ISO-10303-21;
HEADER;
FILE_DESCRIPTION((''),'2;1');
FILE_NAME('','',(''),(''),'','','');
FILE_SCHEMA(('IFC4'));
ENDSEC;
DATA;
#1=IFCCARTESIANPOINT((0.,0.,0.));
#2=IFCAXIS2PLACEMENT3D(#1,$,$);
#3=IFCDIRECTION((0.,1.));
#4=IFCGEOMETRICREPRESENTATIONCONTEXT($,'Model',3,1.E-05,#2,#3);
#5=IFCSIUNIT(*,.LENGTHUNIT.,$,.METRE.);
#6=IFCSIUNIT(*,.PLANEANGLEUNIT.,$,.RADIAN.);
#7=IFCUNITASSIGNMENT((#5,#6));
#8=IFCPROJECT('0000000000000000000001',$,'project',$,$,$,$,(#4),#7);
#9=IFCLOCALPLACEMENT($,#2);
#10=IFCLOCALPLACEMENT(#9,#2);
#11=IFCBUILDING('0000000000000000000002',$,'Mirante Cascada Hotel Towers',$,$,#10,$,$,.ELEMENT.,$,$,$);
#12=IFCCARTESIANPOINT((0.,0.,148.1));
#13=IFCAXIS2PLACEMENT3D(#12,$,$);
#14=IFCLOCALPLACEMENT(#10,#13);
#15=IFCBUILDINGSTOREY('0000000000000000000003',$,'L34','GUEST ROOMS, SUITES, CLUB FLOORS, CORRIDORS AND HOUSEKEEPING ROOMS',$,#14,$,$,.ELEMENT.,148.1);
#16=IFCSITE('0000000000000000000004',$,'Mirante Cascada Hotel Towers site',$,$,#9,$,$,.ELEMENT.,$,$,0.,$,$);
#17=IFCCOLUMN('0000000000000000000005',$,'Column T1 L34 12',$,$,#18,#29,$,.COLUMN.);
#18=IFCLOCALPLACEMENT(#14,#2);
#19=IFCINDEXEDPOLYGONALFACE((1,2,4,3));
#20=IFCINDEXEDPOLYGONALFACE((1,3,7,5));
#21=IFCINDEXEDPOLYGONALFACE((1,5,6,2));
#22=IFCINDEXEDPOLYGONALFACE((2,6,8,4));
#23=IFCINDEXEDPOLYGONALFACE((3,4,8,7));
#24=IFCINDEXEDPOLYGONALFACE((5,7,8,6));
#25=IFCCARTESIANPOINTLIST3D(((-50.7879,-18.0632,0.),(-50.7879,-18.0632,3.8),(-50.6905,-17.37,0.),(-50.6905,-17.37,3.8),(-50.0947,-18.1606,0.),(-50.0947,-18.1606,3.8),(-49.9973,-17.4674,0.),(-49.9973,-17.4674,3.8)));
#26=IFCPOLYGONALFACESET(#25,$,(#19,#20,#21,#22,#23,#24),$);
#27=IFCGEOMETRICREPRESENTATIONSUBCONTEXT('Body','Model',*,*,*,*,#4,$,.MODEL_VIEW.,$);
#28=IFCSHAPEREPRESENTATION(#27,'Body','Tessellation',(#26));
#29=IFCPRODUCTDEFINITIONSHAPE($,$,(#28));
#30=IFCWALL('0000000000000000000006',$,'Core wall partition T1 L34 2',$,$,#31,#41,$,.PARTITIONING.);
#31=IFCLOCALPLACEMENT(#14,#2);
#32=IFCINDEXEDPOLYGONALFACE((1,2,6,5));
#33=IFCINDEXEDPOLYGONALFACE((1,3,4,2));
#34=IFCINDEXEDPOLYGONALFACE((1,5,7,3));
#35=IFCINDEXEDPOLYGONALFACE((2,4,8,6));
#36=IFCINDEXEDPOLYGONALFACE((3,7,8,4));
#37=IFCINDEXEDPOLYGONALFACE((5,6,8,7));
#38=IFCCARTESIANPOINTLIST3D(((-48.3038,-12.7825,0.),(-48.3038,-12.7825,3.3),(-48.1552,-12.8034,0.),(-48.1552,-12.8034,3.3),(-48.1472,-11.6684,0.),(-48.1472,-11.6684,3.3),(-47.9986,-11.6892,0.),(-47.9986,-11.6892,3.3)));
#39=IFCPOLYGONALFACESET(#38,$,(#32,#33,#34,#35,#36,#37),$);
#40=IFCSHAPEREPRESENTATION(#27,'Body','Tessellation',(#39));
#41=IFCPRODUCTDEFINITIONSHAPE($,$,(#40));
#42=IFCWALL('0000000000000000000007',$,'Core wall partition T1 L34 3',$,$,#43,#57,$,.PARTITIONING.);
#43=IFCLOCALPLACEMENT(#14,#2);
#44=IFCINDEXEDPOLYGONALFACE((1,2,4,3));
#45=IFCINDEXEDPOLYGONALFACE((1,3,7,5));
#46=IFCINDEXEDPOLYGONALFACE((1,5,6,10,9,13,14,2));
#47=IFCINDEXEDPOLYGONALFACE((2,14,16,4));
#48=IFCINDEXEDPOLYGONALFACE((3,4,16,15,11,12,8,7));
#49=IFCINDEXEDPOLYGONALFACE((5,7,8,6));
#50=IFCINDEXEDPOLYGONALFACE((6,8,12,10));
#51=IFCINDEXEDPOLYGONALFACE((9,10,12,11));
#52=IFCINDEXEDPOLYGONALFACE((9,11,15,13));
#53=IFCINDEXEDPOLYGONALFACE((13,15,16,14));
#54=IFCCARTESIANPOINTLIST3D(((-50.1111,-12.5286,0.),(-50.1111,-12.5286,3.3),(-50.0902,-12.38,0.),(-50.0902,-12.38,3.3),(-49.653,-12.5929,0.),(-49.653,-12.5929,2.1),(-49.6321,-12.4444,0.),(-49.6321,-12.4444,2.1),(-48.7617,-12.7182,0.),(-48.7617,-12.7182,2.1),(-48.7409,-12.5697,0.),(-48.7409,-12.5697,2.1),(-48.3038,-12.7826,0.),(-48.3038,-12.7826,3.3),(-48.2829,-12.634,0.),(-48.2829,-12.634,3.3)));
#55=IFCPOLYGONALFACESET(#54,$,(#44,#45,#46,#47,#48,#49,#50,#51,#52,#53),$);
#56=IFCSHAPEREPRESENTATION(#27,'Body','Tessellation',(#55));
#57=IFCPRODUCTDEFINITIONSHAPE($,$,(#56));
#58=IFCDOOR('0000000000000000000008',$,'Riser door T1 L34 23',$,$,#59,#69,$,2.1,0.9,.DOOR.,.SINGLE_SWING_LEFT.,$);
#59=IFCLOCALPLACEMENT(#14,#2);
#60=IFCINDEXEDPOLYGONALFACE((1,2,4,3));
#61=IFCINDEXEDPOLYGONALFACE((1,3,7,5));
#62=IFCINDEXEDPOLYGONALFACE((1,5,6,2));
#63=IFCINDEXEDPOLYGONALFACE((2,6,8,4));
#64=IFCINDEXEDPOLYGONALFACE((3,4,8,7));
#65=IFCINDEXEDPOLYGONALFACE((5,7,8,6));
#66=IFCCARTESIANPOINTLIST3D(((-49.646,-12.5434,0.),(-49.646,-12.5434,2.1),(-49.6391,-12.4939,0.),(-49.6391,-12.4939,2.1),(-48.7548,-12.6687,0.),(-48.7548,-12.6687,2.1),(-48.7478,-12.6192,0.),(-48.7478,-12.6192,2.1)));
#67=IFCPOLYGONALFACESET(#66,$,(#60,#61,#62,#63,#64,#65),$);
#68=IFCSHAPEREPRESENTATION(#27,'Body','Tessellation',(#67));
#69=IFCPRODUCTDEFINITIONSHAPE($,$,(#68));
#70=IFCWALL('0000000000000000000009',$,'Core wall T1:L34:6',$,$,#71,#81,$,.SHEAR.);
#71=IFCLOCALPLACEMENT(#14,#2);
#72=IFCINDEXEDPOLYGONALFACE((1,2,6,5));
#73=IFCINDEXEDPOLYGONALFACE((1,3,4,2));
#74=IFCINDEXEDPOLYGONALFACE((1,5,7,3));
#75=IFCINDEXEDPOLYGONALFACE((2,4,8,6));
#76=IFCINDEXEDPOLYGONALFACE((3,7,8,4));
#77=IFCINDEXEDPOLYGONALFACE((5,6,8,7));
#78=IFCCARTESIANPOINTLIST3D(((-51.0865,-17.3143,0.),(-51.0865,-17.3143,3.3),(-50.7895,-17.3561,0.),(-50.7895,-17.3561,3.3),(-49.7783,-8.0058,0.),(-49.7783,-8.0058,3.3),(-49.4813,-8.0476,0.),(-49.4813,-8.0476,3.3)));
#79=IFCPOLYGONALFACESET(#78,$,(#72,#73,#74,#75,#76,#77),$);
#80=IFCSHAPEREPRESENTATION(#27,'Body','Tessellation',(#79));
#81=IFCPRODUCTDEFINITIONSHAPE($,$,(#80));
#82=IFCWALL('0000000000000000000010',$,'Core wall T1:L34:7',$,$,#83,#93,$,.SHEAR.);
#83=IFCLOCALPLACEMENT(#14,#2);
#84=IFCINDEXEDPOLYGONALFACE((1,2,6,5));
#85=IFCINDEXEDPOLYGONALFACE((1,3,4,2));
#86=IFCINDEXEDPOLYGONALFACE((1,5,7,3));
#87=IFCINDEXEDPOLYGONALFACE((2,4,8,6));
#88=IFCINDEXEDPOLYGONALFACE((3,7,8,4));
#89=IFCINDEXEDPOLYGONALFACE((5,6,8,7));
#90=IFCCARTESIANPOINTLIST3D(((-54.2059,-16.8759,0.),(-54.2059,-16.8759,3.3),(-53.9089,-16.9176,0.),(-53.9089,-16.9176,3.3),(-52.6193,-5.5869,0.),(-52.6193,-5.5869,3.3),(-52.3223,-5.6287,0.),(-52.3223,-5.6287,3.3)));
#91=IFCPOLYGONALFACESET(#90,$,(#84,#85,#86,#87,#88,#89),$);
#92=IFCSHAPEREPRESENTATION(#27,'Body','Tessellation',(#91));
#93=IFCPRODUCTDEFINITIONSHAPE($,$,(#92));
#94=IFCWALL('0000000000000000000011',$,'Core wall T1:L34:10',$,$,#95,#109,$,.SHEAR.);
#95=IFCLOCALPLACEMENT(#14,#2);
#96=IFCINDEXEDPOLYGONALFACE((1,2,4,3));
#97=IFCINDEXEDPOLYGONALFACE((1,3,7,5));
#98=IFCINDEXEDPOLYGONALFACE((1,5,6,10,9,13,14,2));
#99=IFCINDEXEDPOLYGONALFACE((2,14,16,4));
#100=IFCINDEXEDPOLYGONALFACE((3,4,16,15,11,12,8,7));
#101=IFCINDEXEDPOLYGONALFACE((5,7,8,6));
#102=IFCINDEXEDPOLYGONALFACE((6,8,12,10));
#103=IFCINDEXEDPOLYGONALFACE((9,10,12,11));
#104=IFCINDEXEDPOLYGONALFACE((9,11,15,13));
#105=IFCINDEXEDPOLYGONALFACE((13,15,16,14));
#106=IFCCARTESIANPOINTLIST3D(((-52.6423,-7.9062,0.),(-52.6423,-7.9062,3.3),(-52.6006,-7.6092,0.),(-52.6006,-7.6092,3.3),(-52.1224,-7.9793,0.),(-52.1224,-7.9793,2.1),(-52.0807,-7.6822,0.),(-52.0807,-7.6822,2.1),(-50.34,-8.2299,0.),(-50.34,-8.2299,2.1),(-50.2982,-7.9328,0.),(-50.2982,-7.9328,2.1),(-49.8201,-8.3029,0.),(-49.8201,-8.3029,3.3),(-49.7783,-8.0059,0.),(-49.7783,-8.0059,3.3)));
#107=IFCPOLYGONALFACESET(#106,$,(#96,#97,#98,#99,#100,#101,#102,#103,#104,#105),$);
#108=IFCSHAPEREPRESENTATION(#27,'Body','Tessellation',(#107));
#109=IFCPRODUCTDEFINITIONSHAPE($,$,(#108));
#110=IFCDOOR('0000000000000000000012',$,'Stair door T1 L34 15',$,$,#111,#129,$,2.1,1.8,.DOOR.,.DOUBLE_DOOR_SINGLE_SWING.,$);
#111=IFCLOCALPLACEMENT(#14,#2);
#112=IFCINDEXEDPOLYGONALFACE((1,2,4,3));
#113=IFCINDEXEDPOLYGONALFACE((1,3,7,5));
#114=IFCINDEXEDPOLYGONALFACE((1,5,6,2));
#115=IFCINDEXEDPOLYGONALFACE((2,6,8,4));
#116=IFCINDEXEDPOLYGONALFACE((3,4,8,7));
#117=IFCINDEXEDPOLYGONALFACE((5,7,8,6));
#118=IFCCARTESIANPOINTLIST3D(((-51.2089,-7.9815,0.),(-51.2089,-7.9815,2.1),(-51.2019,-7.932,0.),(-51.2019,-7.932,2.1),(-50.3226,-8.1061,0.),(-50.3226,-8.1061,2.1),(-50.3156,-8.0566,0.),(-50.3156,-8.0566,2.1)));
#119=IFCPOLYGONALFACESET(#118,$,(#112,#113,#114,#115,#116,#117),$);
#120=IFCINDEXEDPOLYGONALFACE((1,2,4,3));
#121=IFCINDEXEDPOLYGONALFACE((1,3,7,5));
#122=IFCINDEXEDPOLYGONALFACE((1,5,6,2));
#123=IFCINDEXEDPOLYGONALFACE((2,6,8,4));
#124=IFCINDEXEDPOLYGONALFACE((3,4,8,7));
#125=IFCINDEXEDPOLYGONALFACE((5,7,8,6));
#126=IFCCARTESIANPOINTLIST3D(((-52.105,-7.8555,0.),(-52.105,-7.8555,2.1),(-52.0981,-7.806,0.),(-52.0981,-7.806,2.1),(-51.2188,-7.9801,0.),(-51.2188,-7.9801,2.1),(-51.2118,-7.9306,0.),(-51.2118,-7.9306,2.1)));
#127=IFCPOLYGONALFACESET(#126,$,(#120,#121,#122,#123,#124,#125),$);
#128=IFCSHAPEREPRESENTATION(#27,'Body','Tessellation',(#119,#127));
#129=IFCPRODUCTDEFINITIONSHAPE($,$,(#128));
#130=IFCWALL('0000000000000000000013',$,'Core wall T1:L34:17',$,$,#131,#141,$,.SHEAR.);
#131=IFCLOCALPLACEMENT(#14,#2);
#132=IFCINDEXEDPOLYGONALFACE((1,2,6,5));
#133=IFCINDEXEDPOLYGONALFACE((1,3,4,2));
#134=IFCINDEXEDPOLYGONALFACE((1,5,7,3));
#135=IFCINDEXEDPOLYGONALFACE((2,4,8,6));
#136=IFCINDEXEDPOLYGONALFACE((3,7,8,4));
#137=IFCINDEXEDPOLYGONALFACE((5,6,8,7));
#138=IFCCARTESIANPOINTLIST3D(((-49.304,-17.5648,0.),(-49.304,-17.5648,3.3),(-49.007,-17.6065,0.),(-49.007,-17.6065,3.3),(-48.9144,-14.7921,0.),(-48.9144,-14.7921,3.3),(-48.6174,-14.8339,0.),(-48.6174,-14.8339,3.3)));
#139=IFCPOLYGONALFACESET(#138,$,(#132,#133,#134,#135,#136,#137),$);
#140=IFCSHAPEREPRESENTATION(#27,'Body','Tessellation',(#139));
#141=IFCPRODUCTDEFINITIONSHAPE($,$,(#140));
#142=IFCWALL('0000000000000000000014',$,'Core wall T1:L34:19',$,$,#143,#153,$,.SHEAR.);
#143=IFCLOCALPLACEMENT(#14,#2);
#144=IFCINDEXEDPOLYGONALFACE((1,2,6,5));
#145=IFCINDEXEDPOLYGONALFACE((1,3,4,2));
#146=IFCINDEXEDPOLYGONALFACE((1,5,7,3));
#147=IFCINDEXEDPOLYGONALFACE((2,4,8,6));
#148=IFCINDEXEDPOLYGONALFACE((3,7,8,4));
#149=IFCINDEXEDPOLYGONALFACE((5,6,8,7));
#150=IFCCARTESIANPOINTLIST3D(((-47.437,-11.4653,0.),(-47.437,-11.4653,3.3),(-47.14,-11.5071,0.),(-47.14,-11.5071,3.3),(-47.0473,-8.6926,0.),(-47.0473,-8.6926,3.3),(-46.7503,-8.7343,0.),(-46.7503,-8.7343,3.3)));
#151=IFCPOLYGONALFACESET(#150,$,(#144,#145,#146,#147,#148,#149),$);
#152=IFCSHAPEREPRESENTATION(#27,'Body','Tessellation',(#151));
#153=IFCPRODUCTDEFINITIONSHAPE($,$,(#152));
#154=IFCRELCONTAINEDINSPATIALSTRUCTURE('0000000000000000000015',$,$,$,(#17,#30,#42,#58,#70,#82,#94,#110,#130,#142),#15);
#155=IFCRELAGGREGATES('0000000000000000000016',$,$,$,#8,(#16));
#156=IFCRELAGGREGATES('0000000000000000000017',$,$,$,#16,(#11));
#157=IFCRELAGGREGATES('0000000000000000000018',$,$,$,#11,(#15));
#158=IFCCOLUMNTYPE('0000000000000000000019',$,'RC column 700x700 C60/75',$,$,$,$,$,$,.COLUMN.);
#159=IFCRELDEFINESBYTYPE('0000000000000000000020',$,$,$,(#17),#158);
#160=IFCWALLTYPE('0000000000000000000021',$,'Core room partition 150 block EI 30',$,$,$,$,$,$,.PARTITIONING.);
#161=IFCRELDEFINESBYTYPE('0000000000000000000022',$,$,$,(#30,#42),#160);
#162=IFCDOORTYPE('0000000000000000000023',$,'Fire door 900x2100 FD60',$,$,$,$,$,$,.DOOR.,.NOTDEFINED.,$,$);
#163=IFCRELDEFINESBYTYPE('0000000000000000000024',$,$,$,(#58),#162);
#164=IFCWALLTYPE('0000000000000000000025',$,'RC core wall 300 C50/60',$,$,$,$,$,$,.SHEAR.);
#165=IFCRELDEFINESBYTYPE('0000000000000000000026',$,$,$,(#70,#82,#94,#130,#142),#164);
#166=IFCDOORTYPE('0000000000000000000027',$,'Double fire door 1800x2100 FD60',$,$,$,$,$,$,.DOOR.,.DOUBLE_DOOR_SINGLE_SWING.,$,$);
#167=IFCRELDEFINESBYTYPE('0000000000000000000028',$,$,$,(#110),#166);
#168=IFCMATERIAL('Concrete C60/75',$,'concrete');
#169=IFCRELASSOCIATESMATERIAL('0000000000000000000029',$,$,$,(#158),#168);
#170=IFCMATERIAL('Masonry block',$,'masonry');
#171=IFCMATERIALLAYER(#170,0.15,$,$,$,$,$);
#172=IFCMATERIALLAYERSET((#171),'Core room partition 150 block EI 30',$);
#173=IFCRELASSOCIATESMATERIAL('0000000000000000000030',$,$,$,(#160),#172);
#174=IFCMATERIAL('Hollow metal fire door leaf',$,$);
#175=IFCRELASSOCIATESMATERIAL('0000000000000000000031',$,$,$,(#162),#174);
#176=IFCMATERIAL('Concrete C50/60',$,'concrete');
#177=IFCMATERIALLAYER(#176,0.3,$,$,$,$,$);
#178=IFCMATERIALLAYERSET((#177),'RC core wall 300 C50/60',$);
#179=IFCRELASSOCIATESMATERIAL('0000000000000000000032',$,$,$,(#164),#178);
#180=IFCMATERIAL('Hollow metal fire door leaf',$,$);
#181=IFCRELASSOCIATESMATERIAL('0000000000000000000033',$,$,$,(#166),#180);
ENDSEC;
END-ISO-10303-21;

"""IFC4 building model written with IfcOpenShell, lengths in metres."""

from ifc_helpers import new_model, si_unit, direction, frame, frame_2d, origin, origin_2d, place, context, subcontext, project, spatial, rectangle, extrude, material, layer, layer_set, material_profile, profile_set, type_object, element, fill, save


model = new_model("IFC4")

# Units and contexts
model_context = context("Model", 3, precision=1e-05, world=origin(), true_north=direction((0.0, 1.0)))
body_context = subcontext(model_context, "Body", "Model", "MODEL_VIEW")
ifc_project = project(units=[si_unit("LENGTHUNIT", "METRE"), si_unit("PLANEANGLEUNIT", "RADIAN")], contexts=[model_context])

# Site, building, storey
site_placement = place(None, origin())
site = spatial("IfcSite", under=ifc_project, at=site_placement, Name="Mirante Cascada Hotel Towers site", CompositionType="ELEMENT", RefElevation=0.0)
building_placement = place(site_placement, origin())
building = spatial("IfcBuilding", under=site, at=building_placement, Name="Mirante Cascada Hotel Towers", CompositionType="ELEMENT")
storey_placement = place(building_placement, frame((0.0, 0.0, 148.1)))
storey = spatial("IfcBuildingStorey", under=building, at=storey_placement, Name="L34", Description="GUEST ROOMS, SUITES, CLUB FLOORS, CORRIDORS AND HOUSEKEEPING ROOMS", CompositionType="ELEMENT", Elevation=148.1)

# Column
ifc_material_1 = material(Name="Concrete C60/75", Category="concrete")
ifc_material_profile = material_profile(ifc_material_1, rectangle(XDim=0.7, YDim=0.7, at=origin_2d()), Name="RC column 700x700 C60/75")
ifc_profile_set = profile_set([ifc_material_profile], Name="Concrete C60/75")
column_type = type_object("IfcColumnType", Name="RC column 700x700 C60/75", PredefinedType="COLUMN", material=ifc_profile_set)
column_placement = place(storey_placement, frame((-50.3926, -17.7653, 0.0), z_axis=(0.0, 0.0, 1.0), x_axis=(-0.990268, 0.139173, 0.0)))
element("IfcColumn", 1, at=column_placement, inside=storey, type_object=column_type, Name="Column T1 L34 12", PredefinedType="COLUMN", context=body_context, shape_type="SweptSolid", body=[
    extrude(rectangle(XDim=0.7, YDim=0.7, at=origin_2d()), origin(), (0.0, 0.0, 1.0), 3.8),
])

# Wall
ifc_material_2 = material(Name="Masonry block", Category="masonry")
ifc_layer_1 = layer(ifc_material_2, 0.15)
ifc_layer_set_1 = layer_set([ifc_layer_1], Name="Core room partition 150 block EI 30")
wall_type_1 = type_object("IfcWallType", Name="Core room partition 150 block EI 30", PredefinedType="PARTITIONING", material=ifc_layer_set_1)
wall_1_placement = place(storey_placement, frame((-48.2295, -12.793, 0.0), z_axis=(0.0, 0.0, 1.0), x_axis=(0.139193, 0.990265, 0.0)))
element("IfcWall", 2, at=wall_1_placement, inside=storey, type_object=wall_type_1, Name="Core wall partition T1 L34 2", PredefinedType="PARTITIONING", context=body_context, shape_type="SweptSolid", body=[
    extrude(rectangle(XDim=1.1251, YDim=0.15, at=frame_2d((0.5626, 0.0))), origin(), (0.0, 0.0, 1.0), 3.3),
])

# Wall, opening, door
wall_2_placement = place(storey_placement, frame((-48.2933, -12.7083, 0.0), z_axis=(0.0, 0.0, 1.0), x_axis=(-0.990268, 0.139173, 0.0)))
wall_2 = element("IfcWall", 3, at=wall_2_placement, inside=storey, type_object=wall_type_1, Name="Core wall partition T1 L34 3", PredefinedType="PARTITIONING", context=body_context, shape_type="SweptSolid", body=[
    extrude(rectangle(XDim=1.8251, YDim=0.15, at=frame_2d((0.9126, 0.0))), origin(), (0.0, 0.0, 1.0), 3.3),
])
opening_1_placement = place(wall_2_placement, frame((0.4625, 0.0, 0.0)))
opening_1 = element("IfcOpeningElement", 4, at=opening_1_placement, cuts=wall_2, PredefinedType="OPENING", context=body_context, shape_type="SweptSolid", body=[
    extrude(rectangle(XDim=0.9, YDim=2.1, at=frame_2d((0.45, 1.05))), frame((0.0, 0.075, 0.0), z_axis=(0.0, -1.0, 0.0), x_axis=(1.0, 0.0, 0.0)), (0.0, 0.0, 1.0), 0.15),
])
ifc_material_3 = material(Name="Hollow metal fire door leaf")
door_type_1 = type_object("IfcDoorType", Name="Fire door 900x2100 FD60", OperationType="NOTDEFINED", PredefinedType="DOOR", material=ifc_material_3)
door_1_placement = place(opening_1_placement, origin())
door_1 = element("IfcDoor", 5, at=door_1_placement, inside=storey, type_object=door_type_1, Name="Riser door T1 L34 23", OperationType="SINGLE_SWING_LEFT", OverallHeight=2.1, OverallWidth=0.9, PredefinedType="DOOR", context=body_context, shape_type="SweptSolid", body=[
    extrude(rectangle(XDim=0.9, YDim=2.1, at=frame_2d((0.45, 1.05))), frame((0.0, 0.025, 0.0), z_axis=(0.0, -1.0, 0.0), x_axis=(1.0, 0.0, 0.0)), (0.0, 0.0, 1.0), 0.05),
])
fill(opening_1, door_1)

# Walls
ifc_material_4 = material(Name="Concrete C50/60", Category="concrete")
ifc_layer_2 = layer(ifc_material_4, 0.3)
ifc_layer_set_2 = layer_set([ifc_layer_2], Name="RC core wall 300 C50/60")
wall_type_2 = type_object("IfcWallType", Name="RC core wall 300 C50/60", PredefinedType="SHEAR", material=ifc_layer_set_2)
wall_3_placement = place(storey_placement, frame((-50.938, -17.3352, 0.0), z_axis=(0.0, 0.0, 1.0), x_axis=(0.139171, 0.990268, 0.0)))
element("IfcWall", 6, at=wall_3_placement, inside=storey, type_object=wall_type_2, Name="Core wall T1:L34:6", PredefinedType="SHEAR", context=body_context, shape_type="SweptSolid", body=[
    extrude(rectangle(XDim=9.4, YDim=0.3, at=frame_2d((4.7, 0.0))), origin(), (0.0, 0.0, 1.0), 3.3),
])
wall_4_placement = place(storey_placement, frame((-54.0574, -16.8968, 0.0), z_axis=(0.0, 0.0, 1.0), x_axis=(0.139176, 0.990268, 0.0)))
element("IfcWall", 7, at=wall_4_placement, inside=storey, type_object=wall_type_2, Name="Core wall T1:L34:7", PredefinedType="SHEAR", context=body_context, shape_type="SweptSolid", body=[
    extrude(rectangle(XDim=11.3999, YDim=0.3, at=frame_2d((5.7, 0.0))), origin(), (0.0, 0.0, 1.0), 3.3),
])

# Wall, opening, door
wall_5_placement = place(storey_placement, frame((-49.7992, -8.1544, 0.0), z_axis=(0.0, 0.0, 1.0), x_axis=(-0.990266, 0.139191, 0.0)))
wall_5 = element("IfcWall", 8, at=wall_5_placement, inside=storey, type_object=wall_type_2, Name="Core wall T1:L34:10", PredefinedType="SHEAR", context=body_context, shape_type="SweptSolid", body=[
    extrude(rectangle(XDim=2.85, YDim=0.3, at=frame_2d((1.425, 0.0))), origin(), (0.0, 0.0, 1.0), 3.3),
])
opening_2_placement = place(wall_5_placement, frame((0.525, 0.0, 0.0)))
opening_2 = element("IfcOpeningElement", 9, at=opening_2_placement, cuts=wall_5, PredefinedType="OPENING", context=body_context, shape_type="SweptSolid", body=[
    extrude(rectangle(XDim=1.8, YDim=2.1, at=frame_2d((0.9, 1.05))), frame((0.0, 0.15, 0.0), z_axis=(0.0, -1.0, 0.0), x_axis=(1.0, 0.0, 0.0)), (0.0, 0.0, 1.0), 0.3),
])
ifc_material_5 = material(Name="Hollow metal fire door leaf")
door_type_2 = type_object("IfcDoorType", Name="Double fire door 1800x2100 FD60", OperationType="DOUBLE_DOOR_SINGLE_SWING", PredefinedType="DOOR", material=ifc_material_5)
door_2_placement = place(opening_2_placement, origin())
door_2 = element("IfcDoor", 10, at=door_2_placement, inside=storey, type_object=door_type_2, Name="Stair door T1 L34 15", OperationType="DOUBLE_DOOR_SINGLE_SWING", OverallHeight=2.1, OverallWidth=1.8, PredefinedType="DOOR", context=body_context, shape_type="SweptSolid", body=[
    extrude(rectangle(XDim=0.895, YDim=2.1, at=frame_2d((0.4475, 1.05))), frame((0.0, 0.025, 0.0), z_axis=(0.0, -1.0, 0.0), x_axis=(1.0, 0.0, 0.0)), (0.0, 0.0, 1.0), 0.05),
    extrude(rectangle(XDim=0.895, YDim=2.1, at=frame_2d((1.3525, 1.05))), frame((0.0, 0.025, 0.0), z_axis=(0.0, -1.0, 0.0), x_axis=(1.0, 0.0, 0.0)), (0.0, 0.0, 1.0), 0.05),
])
fill(opening_2, door_2)

# Walls
wall_6_placement = place(storey_placement, frame((-49.1555, -17.5857, 0.0), z_axis=(0.0, 0.0, 1.0), x_axis=(0.139146, 0.990272, 0.0)))
element("IfcWall", 11, at=wall_6_placement, inside=storey, type_object=wall_type_2, Name="Core wall T1:L34:17", PredefinedType="SHEAR", context=body_context, shape_type="SweptSolid", body=[
    extrude(rectangle(XDim=2.7999, YDim=0.3, at=frame_2d((1.4, 0.0))), origin(), (0.0, 0.0, 1.0), 3.3),
])
wall_7_placement = place(storey_placement, frame((-47.2885, -11.4862, 0.0), z_axis=(0.0, 0.0, 1.0), x_axis=(0.139181, 0.990267, 0.0)))
element("IfcWall", 12, at=wall_7_placement, inside=storey, type_object=wall_type_2, Name="Core wall T1:L34:19", PredefinedType="SHEAR", context=body_context, shape_type="SweptSolid", body=[
    extrude(rectangle(XDim=2.8, YDim=0.3, at=frame_2d((1.4, 0.0))), origin(), (0.0, 0.0, 1.0), 3.3),
])

save(model, "model.ifc")
